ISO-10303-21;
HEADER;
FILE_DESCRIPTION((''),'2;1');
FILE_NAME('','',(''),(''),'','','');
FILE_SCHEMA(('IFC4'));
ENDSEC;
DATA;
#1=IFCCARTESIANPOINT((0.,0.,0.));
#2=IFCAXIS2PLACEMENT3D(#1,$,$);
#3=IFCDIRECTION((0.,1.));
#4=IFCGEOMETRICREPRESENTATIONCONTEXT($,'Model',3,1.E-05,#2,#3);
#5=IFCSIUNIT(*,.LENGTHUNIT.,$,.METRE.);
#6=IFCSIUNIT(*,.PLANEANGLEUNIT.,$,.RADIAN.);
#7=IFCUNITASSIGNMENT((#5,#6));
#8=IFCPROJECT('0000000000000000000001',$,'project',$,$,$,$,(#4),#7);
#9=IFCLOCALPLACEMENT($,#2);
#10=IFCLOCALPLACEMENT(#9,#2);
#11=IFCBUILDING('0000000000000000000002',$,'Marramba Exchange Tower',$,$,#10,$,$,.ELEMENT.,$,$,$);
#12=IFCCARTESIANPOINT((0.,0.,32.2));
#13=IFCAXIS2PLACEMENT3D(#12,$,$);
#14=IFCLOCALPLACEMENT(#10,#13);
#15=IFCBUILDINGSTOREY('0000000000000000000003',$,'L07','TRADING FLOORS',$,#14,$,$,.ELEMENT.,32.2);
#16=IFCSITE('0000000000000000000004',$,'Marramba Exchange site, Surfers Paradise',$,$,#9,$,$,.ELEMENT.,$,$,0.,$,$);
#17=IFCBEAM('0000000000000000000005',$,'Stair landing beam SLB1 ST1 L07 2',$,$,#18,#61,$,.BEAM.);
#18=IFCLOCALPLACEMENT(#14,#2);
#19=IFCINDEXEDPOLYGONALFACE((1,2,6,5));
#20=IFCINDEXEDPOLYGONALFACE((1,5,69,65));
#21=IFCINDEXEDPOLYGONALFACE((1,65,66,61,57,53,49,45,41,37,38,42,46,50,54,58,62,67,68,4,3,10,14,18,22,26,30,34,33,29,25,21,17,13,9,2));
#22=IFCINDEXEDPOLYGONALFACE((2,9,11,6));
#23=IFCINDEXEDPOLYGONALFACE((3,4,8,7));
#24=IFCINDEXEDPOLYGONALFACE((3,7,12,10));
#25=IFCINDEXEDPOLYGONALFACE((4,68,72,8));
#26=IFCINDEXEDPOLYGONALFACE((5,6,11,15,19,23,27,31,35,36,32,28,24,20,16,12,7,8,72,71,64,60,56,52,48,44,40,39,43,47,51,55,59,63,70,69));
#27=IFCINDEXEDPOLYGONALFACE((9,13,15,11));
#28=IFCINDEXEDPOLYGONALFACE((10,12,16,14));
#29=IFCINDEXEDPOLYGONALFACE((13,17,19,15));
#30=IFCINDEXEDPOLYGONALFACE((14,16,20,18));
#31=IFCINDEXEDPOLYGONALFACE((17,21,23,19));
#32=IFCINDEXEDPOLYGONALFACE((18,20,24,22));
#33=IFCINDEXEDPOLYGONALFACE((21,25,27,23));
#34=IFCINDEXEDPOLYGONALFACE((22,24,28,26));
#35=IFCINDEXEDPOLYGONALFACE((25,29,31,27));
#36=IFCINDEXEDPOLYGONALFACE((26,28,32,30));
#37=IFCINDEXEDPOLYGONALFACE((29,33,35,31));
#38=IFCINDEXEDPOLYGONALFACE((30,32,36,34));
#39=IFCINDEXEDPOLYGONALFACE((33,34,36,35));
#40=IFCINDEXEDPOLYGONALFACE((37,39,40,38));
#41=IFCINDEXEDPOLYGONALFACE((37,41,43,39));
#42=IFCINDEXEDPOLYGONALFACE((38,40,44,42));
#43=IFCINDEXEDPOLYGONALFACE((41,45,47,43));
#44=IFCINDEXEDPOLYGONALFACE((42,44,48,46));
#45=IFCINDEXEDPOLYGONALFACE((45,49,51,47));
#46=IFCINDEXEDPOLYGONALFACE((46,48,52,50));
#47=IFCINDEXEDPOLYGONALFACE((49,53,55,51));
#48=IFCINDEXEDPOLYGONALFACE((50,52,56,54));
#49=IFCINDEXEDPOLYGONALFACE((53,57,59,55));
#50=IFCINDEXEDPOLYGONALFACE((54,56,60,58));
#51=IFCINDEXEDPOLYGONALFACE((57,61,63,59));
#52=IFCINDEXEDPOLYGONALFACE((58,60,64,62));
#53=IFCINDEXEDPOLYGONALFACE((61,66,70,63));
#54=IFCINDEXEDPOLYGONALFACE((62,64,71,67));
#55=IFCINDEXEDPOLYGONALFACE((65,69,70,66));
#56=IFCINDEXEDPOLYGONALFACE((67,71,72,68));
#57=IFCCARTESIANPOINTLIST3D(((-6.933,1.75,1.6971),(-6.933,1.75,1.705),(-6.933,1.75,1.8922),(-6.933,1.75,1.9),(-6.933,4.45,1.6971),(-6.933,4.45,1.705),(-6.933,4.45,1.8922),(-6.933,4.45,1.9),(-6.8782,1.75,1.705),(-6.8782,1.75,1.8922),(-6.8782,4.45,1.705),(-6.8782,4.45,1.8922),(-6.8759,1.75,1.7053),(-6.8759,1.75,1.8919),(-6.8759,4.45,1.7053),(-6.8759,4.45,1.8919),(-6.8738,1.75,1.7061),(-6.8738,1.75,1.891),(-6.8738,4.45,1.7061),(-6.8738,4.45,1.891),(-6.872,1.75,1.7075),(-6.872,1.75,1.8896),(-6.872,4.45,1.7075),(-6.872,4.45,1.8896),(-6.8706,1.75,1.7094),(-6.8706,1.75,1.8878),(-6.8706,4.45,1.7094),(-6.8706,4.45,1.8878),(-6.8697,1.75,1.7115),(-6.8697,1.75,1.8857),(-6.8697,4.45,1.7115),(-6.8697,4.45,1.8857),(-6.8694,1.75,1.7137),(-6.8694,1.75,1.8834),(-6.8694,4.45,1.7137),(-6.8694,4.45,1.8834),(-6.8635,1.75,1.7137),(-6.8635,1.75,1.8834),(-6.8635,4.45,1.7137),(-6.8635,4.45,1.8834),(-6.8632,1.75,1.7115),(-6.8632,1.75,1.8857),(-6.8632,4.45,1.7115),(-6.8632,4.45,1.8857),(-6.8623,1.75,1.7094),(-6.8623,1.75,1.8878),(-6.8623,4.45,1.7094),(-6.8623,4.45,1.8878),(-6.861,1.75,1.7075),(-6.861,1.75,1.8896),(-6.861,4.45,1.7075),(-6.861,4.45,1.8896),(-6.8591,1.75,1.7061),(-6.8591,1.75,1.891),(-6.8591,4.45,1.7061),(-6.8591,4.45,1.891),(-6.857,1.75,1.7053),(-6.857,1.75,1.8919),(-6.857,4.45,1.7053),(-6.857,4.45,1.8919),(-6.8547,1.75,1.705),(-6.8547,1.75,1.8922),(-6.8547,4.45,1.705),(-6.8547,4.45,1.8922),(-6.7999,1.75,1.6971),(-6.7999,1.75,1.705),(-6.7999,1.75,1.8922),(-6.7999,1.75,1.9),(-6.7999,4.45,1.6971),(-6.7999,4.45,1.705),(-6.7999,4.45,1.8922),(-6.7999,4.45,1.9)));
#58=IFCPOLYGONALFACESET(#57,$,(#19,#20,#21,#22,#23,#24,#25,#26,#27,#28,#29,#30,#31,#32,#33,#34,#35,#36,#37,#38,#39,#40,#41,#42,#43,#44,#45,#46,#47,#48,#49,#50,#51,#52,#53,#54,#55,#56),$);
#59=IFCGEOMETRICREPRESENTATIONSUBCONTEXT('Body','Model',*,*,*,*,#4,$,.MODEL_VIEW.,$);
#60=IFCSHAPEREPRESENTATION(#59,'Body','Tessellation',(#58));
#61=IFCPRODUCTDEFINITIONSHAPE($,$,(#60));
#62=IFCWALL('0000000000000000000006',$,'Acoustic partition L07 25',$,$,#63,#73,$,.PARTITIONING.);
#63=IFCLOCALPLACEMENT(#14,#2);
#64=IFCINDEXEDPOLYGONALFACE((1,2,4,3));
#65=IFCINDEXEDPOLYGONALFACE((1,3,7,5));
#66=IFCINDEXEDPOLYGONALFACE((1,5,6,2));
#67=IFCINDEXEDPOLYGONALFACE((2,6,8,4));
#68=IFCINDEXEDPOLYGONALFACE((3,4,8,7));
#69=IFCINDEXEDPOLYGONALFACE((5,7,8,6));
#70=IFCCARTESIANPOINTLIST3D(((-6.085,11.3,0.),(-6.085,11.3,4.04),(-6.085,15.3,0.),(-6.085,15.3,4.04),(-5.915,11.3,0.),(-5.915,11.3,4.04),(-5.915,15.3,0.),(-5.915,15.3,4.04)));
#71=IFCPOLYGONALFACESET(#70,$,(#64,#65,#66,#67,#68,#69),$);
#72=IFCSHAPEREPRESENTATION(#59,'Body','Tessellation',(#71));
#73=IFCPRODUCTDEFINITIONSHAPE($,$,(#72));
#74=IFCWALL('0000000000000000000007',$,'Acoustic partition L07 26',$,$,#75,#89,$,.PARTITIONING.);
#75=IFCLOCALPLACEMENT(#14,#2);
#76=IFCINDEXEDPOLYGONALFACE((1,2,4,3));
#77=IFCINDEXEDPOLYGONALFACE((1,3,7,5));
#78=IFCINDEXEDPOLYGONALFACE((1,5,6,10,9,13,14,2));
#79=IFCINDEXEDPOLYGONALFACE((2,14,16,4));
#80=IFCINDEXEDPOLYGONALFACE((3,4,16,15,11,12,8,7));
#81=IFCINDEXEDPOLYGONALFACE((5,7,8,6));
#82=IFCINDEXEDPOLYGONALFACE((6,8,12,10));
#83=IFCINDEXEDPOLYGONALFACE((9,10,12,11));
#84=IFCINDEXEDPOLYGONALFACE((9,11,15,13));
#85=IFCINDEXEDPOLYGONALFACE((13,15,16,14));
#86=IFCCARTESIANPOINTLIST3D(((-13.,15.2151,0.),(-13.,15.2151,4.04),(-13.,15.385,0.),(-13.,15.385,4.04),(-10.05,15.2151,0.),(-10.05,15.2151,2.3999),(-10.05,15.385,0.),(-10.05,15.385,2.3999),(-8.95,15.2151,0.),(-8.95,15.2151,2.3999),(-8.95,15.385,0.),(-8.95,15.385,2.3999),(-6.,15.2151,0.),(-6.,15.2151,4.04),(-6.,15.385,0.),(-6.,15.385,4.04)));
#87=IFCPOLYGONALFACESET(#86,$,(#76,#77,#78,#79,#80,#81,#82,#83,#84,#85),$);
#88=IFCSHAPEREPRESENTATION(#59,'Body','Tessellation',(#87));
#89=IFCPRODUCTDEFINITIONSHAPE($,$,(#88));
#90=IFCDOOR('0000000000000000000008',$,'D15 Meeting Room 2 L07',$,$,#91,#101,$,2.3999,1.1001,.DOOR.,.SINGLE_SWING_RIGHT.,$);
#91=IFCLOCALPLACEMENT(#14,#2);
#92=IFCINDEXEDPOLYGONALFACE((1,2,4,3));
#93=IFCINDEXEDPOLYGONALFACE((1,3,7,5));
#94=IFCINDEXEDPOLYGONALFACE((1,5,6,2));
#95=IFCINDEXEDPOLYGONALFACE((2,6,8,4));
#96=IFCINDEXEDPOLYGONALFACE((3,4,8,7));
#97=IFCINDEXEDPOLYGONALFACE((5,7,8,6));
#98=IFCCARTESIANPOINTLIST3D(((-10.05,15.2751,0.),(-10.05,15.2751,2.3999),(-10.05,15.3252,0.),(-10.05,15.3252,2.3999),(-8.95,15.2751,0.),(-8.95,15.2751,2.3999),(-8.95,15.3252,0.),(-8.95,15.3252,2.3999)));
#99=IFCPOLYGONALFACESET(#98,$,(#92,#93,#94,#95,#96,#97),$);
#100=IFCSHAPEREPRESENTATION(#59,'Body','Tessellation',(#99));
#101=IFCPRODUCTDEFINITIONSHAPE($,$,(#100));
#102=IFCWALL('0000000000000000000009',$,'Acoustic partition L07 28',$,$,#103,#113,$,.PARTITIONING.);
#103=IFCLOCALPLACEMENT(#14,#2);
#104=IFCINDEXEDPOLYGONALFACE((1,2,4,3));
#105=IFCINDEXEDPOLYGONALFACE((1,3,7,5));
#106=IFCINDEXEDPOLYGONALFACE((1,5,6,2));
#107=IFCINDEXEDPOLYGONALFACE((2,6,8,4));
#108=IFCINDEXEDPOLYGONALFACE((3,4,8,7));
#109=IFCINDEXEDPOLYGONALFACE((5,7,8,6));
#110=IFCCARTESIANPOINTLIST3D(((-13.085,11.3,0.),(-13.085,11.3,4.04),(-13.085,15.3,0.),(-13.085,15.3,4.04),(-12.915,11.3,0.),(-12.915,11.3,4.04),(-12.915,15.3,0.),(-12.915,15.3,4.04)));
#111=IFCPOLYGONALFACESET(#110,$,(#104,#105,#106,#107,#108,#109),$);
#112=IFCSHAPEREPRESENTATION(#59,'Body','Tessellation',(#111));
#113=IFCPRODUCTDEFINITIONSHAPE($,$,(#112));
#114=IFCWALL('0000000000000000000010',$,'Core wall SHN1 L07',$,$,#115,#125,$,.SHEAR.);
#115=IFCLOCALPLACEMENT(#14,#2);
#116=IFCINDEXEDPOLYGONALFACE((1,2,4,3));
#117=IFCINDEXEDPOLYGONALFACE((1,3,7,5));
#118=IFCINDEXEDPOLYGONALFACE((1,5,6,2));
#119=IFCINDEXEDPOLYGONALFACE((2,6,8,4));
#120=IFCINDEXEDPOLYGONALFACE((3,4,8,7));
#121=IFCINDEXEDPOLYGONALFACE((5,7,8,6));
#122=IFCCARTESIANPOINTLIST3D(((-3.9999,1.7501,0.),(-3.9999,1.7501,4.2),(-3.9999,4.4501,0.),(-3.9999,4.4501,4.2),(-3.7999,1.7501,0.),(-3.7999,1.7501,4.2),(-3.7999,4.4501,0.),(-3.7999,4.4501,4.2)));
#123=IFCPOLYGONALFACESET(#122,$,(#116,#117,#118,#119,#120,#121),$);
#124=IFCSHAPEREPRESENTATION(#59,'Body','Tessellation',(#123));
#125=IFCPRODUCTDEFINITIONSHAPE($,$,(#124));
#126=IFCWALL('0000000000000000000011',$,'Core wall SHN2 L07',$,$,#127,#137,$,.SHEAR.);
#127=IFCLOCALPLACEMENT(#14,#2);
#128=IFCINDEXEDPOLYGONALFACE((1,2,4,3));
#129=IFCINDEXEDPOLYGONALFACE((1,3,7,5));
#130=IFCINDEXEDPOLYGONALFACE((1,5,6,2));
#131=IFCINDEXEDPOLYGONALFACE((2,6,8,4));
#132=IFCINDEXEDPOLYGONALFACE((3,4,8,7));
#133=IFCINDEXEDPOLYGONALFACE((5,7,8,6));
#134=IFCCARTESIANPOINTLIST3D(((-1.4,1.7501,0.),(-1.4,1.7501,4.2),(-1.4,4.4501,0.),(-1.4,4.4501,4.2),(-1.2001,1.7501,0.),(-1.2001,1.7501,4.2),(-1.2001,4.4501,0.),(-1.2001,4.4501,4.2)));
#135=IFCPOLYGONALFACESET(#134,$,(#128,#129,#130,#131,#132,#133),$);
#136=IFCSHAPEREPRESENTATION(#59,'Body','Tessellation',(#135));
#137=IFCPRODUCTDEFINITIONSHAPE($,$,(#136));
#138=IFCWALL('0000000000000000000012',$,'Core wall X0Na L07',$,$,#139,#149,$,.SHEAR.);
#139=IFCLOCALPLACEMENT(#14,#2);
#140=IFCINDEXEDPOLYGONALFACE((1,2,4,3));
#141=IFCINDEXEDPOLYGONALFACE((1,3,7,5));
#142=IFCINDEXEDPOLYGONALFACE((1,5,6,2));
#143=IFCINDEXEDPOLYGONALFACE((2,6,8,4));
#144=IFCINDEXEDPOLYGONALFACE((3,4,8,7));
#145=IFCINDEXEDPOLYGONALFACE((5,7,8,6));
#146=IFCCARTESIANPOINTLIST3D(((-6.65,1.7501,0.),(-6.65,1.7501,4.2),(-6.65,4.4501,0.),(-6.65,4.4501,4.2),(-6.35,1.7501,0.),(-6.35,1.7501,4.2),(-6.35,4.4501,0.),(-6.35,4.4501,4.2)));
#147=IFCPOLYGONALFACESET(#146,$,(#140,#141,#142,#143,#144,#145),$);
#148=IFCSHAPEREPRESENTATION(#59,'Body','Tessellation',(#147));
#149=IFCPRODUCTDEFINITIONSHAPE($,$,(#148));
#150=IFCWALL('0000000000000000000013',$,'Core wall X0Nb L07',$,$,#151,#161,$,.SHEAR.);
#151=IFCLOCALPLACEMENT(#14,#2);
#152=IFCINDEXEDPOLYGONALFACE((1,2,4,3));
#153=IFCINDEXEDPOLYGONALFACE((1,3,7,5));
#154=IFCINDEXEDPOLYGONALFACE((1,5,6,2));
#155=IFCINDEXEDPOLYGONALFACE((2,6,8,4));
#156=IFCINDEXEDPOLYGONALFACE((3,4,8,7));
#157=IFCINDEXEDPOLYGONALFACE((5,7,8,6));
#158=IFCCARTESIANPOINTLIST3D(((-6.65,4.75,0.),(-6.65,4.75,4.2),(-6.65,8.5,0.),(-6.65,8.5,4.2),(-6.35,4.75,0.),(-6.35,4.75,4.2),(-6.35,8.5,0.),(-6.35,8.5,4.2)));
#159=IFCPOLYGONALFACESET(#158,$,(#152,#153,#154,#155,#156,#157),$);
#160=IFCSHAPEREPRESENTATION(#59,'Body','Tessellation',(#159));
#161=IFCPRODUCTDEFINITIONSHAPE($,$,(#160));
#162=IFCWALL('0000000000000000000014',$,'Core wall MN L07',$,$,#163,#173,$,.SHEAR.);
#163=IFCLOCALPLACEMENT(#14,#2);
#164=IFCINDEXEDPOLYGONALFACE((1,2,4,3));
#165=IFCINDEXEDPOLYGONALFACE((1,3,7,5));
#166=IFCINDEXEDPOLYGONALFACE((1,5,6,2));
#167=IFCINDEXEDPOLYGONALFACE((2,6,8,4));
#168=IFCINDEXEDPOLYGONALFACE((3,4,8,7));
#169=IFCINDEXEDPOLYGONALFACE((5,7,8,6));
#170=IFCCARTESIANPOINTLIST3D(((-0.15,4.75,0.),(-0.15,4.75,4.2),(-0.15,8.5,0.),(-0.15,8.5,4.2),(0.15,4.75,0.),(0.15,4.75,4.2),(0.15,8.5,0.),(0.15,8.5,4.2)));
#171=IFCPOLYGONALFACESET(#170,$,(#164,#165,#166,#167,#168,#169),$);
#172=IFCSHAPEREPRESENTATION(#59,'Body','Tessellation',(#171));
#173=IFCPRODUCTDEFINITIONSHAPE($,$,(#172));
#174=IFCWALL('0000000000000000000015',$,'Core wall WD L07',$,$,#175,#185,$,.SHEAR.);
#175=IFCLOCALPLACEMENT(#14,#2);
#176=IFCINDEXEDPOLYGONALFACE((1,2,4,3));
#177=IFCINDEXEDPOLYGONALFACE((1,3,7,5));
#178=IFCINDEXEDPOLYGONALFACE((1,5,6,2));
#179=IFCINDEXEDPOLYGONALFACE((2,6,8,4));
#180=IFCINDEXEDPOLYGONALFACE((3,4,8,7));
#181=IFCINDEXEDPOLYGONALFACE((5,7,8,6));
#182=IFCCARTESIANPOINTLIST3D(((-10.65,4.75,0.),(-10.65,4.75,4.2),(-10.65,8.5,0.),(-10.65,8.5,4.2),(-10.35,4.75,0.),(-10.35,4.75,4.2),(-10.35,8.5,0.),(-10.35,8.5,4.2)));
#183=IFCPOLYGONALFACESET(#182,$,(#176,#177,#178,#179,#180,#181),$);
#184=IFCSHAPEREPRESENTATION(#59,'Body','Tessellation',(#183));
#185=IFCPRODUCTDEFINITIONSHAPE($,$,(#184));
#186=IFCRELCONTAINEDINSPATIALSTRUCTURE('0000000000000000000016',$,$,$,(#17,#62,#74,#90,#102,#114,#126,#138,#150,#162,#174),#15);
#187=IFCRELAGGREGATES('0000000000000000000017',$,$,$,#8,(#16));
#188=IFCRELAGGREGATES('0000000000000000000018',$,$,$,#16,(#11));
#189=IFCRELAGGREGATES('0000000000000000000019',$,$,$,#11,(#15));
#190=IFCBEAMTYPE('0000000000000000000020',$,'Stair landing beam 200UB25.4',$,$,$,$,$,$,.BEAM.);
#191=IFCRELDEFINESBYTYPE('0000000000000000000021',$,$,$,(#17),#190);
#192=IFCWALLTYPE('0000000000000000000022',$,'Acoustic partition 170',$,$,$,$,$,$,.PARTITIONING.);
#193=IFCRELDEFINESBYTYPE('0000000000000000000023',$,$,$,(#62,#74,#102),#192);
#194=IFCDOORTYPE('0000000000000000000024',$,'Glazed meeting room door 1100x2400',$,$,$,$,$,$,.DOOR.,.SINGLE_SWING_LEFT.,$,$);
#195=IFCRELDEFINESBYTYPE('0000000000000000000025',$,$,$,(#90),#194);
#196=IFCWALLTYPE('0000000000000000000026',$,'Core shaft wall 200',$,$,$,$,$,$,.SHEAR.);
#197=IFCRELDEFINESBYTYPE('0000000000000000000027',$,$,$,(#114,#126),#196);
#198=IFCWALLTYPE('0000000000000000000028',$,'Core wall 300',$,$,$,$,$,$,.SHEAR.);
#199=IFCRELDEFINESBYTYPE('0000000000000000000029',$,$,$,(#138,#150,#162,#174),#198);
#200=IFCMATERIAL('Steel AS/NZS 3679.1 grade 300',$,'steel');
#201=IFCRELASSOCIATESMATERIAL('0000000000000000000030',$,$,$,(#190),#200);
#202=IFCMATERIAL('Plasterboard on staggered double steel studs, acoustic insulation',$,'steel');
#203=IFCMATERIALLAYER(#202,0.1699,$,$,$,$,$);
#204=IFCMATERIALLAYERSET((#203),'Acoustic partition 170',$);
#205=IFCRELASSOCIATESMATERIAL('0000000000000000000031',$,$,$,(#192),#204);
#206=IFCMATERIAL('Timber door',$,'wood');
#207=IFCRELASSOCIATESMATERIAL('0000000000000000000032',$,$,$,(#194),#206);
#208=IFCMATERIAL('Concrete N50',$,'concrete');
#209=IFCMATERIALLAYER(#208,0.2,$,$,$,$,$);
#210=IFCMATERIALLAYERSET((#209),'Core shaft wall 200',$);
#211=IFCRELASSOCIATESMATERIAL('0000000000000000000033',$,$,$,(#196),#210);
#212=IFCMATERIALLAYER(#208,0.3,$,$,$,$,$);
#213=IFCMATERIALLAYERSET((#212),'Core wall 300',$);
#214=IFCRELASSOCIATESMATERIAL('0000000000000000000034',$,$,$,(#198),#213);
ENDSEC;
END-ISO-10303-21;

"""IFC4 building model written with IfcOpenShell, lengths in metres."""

from ifc_helpers import new_model, si_unit, direction, frame, frame_2d, origin, origin_2d, place, context, subcontext, project, spatial, rectangle, i_section, extrude, material, layer, layer_set, material_profile, profile_set, type_object, element, fill, save


model = new_model("IFC4")

# Units and contexts
model_context = context("Model", 3, precision=1e-05, world=origin(), true_north=direction((0.0, 1.0)))
body_context = subcontext(model_context, "Body", "Model", "MODEL_VIEW")
ifc_project = project(units=[si_unit("LENGTHUNIT", "METRE"), si_unit("PLANEANGLEUNIT", "RADIAN")], contexts=[model_context])

# Site, building, storey
site_placement = place(None, origin())
site = spatial("IfcSite", under=ifc_project, at=site_placement, Name="Marramba Exchange site, Surfers Paradise", CompositionType="ELEMENT", RefElevation=0.0)
building_placement = place(site_placement, origin())
building = spatial("IfcBuilding", under=site, at=building_placement, Name="Marramba Exchange Tower", CompositionType="ELEMENT")
storey_placement = place(building_placement, frame((0.0, 0.0, 32.2)))
storey = spatial("IfcBuildingStorey", under=building, at=storey_placement, Name="L07", Description="TRADING FLOORS", CompositionType="ELEMENT", Elevation=32.2)

# Beam
ifc_material_1 = material(Name="Steel AS/NZS 3679.1 grade 300", Category="steel")
ifc_material_profile_1 = material_profile(ifc_material_1, i_section(OverallWidth=0.1331, OverallDepth=0.2029, WebThickness=0.0059, FlangeThickness=0.0078, FilletRadius=0.0088, at=origin_2d()), Name="200UB25.4")
ifc_profile_set_1 = profile_set([ifc_material_profile_1], Name="Steel AS/NZS 3679.1 grade 300")
beam_type_1 = type_object("IfcBeamType", Name="Stair landing beam 200UB25.4", PredefinedType="BEAM", material=ifc_profile_set_1)
for number, where, z_axis, x_axis, name in (
    (1, (-6.8665, 1.75, 1.7986), (0.0, 1.0, 0.0), (-1.0, 0.0, 0.0), "Stair landing beam SLB1 ST1 L07 2"),
):
    element("IfcBeam", number, at=place(storey_placement, frame(where, z_axis=z_axis, x_axis=x_axis)), inside=storey, type_object=beam_type_1, Name=name, PredefinedType="BEAM", context=body_context, shape_type="SweptSolid", body=[
        extrude(i_section(OverallWidth=0.1331, OverallDepth=0.2029, WebThickness=0.0059, FlangeThickness=0.0078, FilletRadius=0.0088, at=origin_2d()), origin(), (0.0, 0.0, 1.0), 2.7),
    ])

# Wall
ifc_material_2 = material(Name="Plasterboard on staggered double steel studs, acoustic insulation", Category="steel")
ifc_layer_1 = layer(ifc_material_2, 0.1699)
ifc_layer_set_1 = layer_set([ifc_layer_1], Name="Acoustic partition 170")
wall_type_1 = type_object("IfcWallType", Name="Acoustic partition 170", PredefinedType="PARTITIONING", material=ifc_layer_set_1)
wall_1_placement = place(storey_placement, frame((-6.0, 11.3, 0.0), z_axis=(0.0, 0.0, 1.0), x_axis=(0.0, 1.0, 0.0)))
element("IfcWall", 2, at=wall_1_placement, inside=storey, type_object=wall_type_1, Name="Acoustic partition L07 25", PredefinedType="PARTITIONING", context=body_context, shape_type="SweptSolid", body=[
    extrude(rectangle(XDim=4.0, YDim=0.1699, at=frame_2d((2.0, 0.0))), origin(), (0.0, 0.0, 1.0), 4.04),
])

# Wall, opening, door
wall_2_placement = place(storey_placement, frame((-6.0, 15.3, 0.0), z_axis=(0.0, 0.0, 1.0), x_axis=(-1.0, 0.0, 0.0)))
wall_2 = element("IfcWall", 3, at=wall_2_placement, inside=storey, type_object=wall_type_1, Name="Acoustic partition L07 26", PredefinedType="PARTITIONING", context=body_context, shape_type="SweptSolid", body=[
    extrude(rectangle(XDim=7.0, YDim=0.1699, at=frame_2d((3.5, 0.0))), origin(), (0.0, 0.0, 1.0), 4.04),
])
opening_placement = place(wall_2_placement, frame((2.95, 0.0, 0.0)))
opening = element("IfcOpeningElement", 4, at=opening_placement, cuts=wall_2, PredefinedType="OPENING", context=body_context, shape_type="SweptSolid", body=[
    extrude(rectangle(XDim=1.1001, YDim=2.3999, at=frame_2d((0.55, 1.2))), frame((0.0, 0.095, 0.0), z_axis=(0.0, -1.0, 0.0), x_axis=(1.0, 0.0, 0.0)), (0.0, 0.0, 1.0), 0.1899),
])
ifc_material_3 = material(Name="Timber door", Category="wood")
door_type = type_object("IfcDoorType", Name="Glazed meeting room door 1100x2400", OperationType="SINGLE_SWING_LEFT", PredefinedType="DOOR", material=ifc_material_3)
door_placement = place(opening_placement, origin())
door = element("IfcDoor", 5, at=door_placement, inside=storey, type_object=door_type, Name="D15 Meeting Room 2 L07", OperationType="SINGLE_SWING_RIGHT", OverallHeight=2.3999, OverallWidth=1.1001, PredefinedType="DOOR", context=body_context, shape_type="SweptSolid", body=[
    extrude(rectangle(XDim=1.1001, YDim=2.3999, at=frame_2d((0.55, 1.2))), frame((0.0, 0.0249, 0.0), z_axis=(0.0, -1.0, 0.0), x_axis=(1.0, 0.0, 0.0)), (0.0, 0.0, 1.0), 0.05),
])
fill(opening, door)

# Walls
wall_3_placement = place(storey_placement, frame((-13.0, 15.3, 0.0), z_axis=(0.0, 0.0, 1.0), x_axis=(0.0, -1.0, 0.0)))
element("IfcWall", 6, at=wall_3_placement, inside=storey, type_object=wall_type_1, Name="Acoustic partition L07 28", PredefinedType="PARTITIONING", context=body_context, shape_type="SweptSolid", body=[
    extrude(rectangle(XDim=4.0, YDim=0.1699, at=frame_2d((2.0, 0.0))), origin(), (0.0, 0.0, 1.0), 4.04),
])
ifc_material_4 = material(Name="Concrete N50", Category="concrete")
ifc_layer_2 = layer(ifc_material_4, 0.2)
ifc_layer_set_2 = layer_set([ifc_layer_2], Name="Core shaft wall 200")
wall_type_2 = type_object("IfcWallType", Name="Core shaft wall 200", PredefinedType="SHEAR", material=ifc_layer_set_2)
for number, where, z_axis, x_axis, name in (
    (7, (-3.8999, 1.75, 0.0), (0.0, 0.0, 1.0), (0.0, 1.0, 0.0), "Core wall SHN1 L07"),
    (8, (-1.3, 1.75, 0.0), (0.0, 0.0, 1.0), (0.0, 1.0, 0.0), "Core wall SHN2 L07"),
):
    element("IfcWall", number, at=place(storey_placement, frame(where, z_axis=z_axis, x_axis=x_axis)), inside=storey, type_object=wall_type_2, Name=name, PredefinedType="SHEAR", context=body_context, shape_type="SweptSolid", body=[
        extrude(rectangle(XDim=2.7, YDim=0.2, at=frame_2d((1.3501, 0.0))), origin(), (0.0, 0.0, 1.0), 4.2),
    ])
ifc_layer_3 = layer(ifc_material_4, 0.3)
ifc_layer_set_3 = layer_set([ifc_layer_3], Name="Core wall 300")
wall_type_3 = type_object("IfcWallType", Name="Core wall 300", PredefinedType="SHEAR", material=ifc_layer_set_3)
wall_4_placement = place(storey_placement, frame((-6.5, 1.75, 0.0), z_axis=(0.0, 0.0, 1.0), x_axis=(0.0, 1.0, 0.0)))
element("IfcWall", 9, at=wall_4_placement, inside=storey, type_object=wall_type_3, Name="Core wall X0Na L07", PredefinedType="SHEAR", context=body_context, shape_type="SweptSolid", body=[
    extrude(rectangle(XDim=2.7, YDim=0.3, at=frame_2d((1.3501, 0.0))), origin(), (0.0, 0.0, 1.0), 4.2),
])
for number, where, z_axis, x_axis, name in (
    (10, (-6.5, 4.75, 0.0), (0.0, 0.0, 1.0), (0.0, 1.0, 0.0), "Core wall X0Nb L07"),
    (11, (0.0, 4.75, 0.0), (0.0, 0.0, 1.0), (0.0, 1.0, 0.0), "Core wall MN L07"),
    (12, (-10.5, 4.75, 0.0), (0.0, 0.0, 1.0), (0.0, 1.0, 0.0), "Core wall WD L07"),
):
    element("IfcWall", number, at=place(storey_placement, frame(where, z_axis=z_axis, x_axis=x_axis)), inside=storey, type_object=wall_type_3, Name=name, PredefinedType="SHEAR", context=body_context, shape_type="SweptSolid", body=[
        extrude(rectangle(XDim=3.75, YDim=0.3, at=frame_2d((1.875, 0.0))), origin(), (0.0, 0.0, 1.0), 4.2),
    ])

save(model, "model.ifc")
